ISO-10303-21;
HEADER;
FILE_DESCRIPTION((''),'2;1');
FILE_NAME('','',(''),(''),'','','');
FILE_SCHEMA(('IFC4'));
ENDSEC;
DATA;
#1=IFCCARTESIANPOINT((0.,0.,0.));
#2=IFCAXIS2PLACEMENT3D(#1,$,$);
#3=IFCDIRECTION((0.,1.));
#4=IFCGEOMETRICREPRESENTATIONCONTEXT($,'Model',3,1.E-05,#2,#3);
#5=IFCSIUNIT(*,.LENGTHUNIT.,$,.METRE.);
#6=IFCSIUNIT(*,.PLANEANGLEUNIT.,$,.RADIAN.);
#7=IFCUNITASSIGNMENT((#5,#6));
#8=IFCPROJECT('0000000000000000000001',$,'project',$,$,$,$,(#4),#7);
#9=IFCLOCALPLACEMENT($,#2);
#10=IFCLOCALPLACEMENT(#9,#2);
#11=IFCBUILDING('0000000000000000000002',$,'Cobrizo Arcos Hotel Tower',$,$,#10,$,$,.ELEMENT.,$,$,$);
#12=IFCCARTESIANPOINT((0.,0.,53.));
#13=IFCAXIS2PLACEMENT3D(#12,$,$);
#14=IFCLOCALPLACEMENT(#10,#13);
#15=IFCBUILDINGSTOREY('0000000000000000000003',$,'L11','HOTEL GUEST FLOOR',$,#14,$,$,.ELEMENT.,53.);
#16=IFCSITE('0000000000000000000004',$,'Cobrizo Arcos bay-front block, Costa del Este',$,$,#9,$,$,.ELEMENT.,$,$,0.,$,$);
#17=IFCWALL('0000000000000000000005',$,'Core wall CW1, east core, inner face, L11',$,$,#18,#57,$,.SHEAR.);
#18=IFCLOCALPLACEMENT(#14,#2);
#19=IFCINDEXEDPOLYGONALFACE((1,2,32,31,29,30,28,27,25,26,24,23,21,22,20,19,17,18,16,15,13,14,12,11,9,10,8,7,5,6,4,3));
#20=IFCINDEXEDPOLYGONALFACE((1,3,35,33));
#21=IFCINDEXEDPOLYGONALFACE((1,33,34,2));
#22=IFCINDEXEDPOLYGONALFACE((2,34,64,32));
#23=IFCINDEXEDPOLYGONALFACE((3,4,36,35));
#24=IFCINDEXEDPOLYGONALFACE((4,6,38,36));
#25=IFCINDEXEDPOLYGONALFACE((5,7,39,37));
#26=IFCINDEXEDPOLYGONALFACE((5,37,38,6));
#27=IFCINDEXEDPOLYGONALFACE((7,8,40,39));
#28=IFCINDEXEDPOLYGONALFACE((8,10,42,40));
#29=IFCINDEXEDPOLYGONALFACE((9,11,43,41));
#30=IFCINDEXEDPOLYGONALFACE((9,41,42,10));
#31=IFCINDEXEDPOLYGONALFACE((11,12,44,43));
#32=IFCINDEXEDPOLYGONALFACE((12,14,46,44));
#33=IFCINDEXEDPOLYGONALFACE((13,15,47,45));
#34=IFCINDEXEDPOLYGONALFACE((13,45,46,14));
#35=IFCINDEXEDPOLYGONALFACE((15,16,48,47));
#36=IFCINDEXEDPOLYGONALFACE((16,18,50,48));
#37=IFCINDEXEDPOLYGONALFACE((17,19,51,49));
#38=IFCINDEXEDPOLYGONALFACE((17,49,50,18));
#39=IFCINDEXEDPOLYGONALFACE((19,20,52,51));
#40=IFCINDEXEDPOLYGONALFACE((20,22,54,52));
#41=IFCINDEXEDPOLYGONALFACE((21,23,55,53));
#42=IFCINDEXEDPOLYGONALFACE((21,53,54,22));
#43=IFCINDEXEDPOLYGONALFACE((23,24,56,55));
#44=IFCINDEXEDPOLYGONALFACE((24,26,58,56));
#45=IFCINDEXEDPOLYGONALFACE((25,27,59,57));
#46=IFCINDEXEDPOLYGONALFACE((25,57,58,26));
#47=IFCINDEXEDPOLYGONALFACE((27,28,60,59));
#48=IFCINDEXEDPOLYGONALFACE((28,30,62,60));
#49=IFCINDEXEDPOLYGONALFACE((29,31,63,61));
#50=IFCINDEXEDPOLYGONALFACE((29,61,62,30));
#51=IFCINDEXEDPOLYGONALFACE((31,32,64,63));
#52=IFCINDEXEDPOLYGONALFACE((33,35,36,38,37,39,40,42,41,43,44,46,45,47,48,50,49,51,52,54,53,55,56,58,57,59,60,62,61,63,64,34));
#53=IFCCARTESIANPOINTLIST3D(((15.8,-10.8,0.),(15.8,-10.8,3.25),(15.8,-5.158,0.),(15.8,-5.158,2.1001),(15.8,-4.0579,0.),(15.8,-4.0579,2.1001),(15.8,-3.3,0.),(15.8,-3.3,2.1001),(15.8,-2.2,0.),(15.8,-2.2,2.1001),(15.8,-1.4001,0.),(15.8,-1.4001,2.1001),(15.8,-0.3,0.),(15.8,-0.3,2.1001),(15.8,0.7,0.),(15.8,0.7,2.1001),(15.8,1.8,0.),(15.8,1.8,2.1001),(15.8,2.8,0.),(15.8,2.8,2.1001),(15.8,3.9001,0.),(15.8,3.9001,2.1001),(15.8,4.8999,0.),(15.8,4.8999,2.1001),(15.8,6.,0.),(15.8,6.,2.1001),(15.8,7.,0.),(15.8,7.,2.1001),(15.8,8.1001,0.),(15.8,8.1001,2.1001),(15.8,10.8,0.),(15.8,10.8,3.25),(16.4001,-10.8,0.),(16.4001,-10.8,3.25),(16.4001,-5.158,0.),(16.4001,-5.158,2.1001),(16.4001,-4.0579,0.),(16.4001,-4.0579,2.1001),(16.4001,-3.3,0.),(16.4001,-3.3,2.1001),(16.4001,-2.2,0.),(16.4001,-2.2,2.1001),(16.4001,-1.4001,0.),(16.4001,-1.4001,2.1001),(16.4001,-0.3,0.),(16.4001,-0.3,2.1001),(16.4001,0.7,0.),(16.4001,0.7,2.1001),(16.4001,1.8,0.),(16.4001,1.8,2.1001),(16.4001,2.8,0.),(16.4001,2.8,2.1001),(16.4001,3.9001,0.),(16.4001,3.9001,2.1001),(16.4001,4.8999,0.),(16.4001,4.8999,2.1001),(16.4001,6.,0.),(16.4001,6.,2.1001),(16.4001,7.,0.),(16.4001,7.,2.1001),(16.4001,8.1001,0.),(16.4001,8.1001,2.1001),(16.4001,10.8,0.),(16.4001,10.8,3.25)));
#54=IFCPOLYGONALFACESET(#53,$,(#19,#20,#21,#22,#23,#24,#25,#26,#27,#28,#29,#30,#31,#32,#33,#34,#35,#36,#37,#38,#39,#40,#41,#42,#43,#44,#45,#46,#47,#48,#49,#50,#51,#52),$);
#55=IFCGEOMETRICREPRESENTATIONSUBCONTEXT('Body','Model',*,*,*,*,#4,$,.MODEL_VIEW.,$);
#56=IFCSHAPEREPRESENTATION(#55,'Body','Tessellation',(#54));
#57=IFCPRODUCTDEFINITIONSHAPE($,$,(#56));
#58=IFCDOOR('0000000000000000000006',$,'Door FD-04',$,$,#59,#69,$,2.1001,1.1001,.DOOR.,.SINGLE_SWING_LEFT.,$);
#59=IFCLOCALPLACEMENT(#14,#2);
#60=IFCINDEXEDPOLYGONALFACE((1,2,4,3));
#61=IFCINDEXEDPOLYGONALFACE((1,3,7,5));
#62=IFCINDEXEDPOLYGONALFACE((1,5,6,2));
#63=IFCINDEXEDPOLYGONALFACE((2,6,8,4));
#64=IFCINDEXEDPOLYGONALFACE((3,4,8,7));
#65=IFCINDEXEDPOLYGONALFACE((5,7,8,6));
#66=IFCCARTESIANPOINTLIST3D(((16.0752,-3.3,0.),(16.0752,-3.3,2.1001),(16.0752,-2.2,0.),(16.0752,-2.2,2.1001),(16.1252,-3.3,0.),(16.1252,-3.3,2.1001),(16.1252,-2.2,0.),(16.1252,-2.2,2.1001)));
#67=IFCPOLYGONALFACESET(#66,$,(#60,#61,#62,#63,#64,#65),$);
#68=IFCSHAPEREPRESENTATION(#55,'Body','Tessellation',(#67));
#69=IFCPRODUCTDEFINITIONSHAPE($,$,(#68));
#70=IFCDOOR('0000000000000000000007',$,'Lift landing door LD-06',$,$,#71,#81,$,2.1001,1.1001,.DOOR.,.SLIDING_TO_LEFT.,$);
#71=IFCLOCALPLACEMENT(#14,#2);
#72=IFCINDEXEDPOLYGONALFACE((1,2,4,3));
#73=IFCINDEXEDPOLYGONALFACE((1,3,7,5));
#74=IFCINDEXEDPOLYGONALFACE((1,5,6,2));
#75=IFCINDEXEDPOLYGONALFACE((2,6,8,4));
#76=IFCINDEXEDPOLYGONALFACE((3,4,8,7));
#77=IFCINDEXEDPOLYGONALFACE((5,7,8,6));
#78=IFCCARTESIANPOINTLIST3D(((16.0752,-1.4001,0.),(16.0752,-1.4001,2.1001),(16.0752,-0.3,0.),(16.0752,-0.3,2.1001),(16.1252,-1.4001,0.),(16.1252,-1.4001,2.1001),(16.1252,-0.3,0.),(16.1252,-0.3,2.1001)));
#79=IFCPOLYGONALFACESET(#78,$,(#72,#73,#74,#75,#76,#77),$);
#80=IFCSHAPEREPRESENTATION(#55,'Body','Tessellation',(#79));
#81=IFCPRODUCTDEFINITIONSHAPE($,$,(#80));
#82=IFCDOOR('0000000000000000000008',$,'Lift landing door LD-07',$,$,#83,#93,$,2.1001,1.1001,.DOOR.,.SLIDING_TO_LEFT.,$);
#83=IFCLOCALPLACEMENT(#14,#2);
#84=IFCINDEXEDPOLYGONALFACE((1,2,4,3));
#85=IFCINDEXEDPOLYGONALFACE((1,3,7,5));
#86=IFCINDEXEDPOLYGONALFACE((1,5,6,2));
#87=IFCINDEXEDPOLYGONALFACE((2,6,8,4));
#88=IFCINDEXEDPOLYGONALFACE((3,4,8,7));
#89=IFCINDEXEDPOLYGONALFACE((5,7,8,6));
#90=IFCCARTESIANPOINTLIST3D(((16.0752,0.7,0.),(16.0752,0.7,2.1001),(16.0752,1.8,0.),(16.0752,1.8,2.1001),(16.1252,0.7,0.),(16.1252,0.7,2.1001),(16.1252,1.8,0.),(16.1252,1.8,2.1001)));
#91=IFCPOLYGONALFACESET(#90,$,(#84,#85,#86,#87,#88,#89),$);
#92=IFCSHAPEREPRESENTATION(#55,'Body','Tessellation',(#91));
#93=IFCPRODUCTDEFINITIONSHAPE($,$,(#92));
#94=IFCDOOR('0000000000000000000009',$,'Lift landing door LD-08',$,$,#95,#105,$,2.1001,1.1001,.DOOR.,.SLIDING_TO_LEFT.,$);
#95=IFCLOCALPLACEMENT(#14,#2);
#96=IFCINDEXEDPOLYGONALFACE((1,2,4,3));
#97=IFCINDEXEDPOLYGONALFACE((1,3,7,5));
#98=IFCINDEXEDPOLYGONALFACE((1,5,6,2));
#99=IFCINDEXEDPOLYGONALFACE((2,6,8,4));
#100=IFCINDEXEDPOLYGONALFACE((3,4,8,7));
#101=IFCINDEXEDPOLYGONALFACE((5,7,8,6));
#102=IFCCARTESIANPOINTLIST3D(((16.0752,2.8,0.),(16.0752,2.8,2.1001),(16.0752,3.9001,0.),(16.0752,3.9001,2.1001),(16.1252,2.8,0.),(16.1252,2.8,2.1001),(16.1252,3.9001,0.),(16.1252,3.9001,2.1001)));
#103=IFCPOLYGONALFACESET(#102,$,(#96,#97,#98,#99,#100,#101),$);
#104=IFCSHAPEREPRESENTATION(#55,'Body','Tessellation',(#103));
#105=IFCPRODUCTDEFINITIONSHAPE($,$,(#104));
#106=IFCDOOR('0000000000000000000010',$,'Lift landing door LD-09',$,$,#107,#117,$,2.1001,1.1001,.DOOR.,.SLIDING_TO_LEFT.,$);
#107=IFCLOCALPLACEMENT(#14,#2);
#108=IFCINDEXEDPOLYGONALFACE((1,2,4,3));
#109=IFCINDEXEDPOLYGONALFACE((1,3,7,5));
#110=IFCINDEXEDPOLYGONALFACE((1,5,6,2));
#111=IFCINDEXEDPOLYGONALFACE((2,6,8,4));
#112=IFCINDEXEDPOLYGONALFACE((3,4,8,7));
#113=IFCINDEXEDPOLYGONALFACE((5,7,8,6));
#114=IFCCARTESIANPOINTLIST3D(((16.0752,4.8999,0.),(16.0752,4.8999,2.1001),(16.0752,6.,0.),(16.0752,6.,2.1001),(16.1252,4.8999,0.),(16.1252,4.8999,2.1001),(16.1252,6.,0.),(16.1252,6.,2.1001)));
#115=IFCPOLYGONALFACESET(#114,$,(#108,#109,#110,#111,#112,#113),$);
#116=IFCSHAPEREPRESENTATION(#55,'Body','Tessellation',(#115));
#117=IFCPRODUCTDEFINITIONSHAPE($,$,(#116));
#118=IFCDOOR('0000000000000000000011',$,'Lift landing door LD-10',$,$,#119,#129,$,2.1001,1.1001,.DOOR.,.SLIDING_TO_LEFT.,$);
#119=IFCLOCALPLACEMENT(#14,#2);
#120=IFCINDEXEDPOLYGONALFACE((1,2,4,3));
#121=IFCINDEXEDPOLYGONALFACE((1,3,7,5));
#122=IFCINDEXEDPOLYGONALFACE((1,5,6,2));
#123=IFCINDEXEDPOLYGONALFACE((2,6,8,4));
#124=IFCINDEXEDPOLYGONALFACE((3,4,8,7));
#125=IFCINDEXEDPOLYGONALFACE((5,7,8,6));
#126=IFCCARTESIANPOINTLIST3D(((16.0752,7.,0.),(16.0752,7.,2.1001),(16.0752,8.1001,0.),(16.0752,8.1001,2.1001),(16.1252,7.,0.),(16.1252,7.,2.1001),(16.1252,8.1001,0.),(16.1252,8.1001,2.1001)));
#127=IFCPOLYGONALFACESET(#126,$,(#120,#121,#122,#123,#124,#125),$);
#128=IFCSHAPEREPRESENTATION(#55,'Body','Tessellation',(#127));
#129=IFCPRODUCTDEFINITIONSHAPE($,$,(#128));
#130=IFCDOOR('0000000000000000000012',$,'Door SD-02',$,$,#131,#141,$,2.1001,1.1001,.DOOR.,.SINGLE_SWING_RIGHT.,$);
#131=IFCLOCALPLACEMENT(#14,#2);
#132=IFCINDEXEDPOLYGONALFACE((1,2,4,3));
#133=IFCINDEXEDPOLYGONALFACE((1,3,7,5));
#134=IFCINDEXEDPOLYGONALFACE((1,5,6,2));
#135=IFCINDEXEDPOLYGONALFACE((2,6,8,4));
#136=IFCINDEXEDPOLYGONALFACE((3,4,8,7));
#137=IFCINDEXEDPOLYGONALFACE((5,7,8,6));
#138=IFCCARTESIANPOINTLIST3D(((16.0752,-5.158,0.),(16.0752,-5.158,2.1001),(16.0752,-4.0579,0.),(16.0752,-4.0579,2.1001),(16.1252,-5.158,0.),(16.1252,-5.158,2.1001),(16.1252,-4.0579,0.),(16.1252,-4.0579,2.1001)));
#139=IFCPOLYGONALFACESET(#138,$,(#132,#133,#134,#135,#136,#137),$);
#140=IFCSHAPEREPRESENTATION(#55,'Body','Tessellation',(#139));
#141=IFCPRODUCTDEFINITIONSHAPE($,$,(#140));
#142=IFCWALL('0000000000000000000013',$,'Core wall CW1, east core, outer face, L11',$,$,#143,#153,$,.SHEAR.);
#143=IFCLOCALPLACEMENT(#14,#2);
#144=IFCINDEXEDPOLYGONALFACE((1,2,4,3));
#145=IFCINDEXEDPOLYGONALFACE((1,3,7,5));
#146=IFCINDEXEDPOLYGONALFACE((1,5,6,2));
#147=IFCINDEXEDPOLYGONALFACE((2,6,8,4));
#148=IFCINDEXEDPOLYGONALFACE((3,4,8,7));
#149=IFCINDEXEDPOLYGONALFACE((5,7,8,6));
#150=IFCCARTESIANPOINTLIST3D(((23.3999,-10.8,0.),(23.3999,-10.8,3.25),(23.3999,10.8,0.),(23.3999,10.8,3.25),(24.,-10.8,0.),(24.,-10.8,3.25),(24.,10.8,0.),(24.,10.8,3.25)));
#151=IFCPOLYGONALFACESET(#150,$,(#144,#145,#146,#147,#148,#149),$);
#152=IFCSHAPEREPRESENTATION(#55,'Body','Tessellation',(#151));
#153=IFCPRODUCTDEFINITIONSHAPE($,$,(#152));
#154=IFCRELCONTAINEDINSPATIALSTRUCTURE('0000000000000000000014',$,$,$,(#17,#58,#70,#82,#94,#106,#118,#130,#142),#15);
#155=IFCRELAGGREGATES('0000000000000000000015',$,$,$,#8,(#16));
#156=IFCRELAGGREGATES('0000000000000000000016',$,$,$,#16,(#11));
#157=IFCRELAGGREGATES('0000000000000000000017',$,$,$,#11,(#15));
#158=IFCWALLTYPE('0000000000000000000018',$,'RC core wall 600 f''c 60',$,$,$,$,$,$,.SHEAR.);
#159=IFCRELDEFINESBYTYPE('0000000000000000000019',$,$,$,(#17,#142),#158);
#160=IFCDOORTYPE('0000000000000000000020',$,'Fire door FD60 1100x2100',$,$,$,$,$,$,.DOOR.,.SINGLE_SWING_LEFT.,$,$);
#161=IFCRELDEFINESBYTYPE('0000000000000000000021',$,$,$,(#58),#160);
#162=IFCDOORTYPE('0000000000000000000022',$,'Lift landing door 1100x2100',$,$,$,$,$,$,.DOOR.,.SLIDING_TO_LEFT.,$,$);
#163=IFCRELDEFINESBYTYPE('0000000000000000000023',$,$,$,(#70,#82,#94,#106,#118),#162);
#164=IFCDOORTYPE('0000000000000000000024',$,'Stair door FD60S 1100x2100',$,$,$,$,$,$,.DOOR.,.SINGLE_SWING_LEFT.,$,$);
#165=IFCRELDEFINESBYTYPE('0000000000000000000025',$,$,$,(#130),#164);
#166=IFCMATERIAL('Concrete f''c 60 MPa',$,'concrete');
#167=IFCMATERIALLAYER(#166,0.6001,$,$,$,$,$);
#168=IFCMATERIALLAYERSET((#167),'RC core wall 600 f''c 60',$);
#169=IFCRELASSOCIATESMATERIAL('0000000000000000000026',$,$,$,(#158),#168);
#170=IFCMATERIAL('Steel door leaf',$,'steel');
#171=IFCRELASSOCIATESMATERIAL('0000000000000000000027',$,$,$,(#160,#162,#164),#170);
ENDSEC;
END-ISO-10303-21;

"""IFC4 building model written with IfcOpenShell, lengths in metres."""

from ifc_helpers import new_model, si_unit, direction, frame, frame_2d, origin, place, context, subcontext, project, spatial, rectangle, extrude, material, layer, layer_set, type_object, element, fill, save


model = new_model("IFC4")

# Units and contexts
model_context = context("Model", 3, precision=1e-05, world=origin(), true_north=direction((0.0, 1.0)))
body_context = subcontext(model_context, "Body", "Model", "MODEL_VIEW")
ifc_project = project(units=[si_unit("LENGTHUNIT", "METRE"), si_unit("PLANEANGLEUNIT", "RADIAN")], contexts=[model_context])

# Site, building, storey
site_placement = place(None, origin())
site = spatial("IfcSite", under=ifc_project, at=site_placement, Name="Cobrizo Arcos bay-front block, Costa del Este", CompositionType="ELEMENT", RefElevation=0.0)
building_placement = place(site_placement, origin())
building = spatial("IfcBuilding", under=site, at=building_placement, Name="Cobrizo Arcos Hotel Tower", CompositionType="ELEMENT")
storey_placement = place(building_placement, frame((0.0, 0.0, 53.0)))
storey = spatial("IfcBuildingStorey", under=building, at=storey_placement, Name="L11", Description="HOTEL GUEST FLOOR", CompositionType="ELEMENT", Elevation=53.0)

# Wall, openings, doors
ifc_material_1 = material(Name="Concrete f'c 60 MPa", Category="concrete")
ifc_layer_1 = layer(ifc_material_1, 0.6001)
ifc_layer_set_1 = layer_set([ifc_layer_1], Name="RC core wall 600 f'c 60")
wall_type_1 = type_object("IfcWallType", Name="RC core wall 600 f'c 60", PredefinedType="SHEAR", material=ifc_layer_set_1)
wall_1_placement = place(storey_placement, frame((16.1001, -10.8, 0.0), z_axis=(0.0, 0.0, 1.0), x_axis=(0.0, 1.0, 0.0)))
wall_1 = element("IfcWall", 1, at=wall_1_placement, inside=storey, type_object=wall_type_1, Name="Core wall CW1, east core, inner face, L11", PredefinedType="SHEAR", context=body_context, shape_type="SweptSolid", body=[
    extrude(rectangle(XDim=21.6001, YDim=0.6001, at=frame_2d((10.8, 0.0))), origin(), (0.0, 0.0, 1.0), 3.25),
])
opening_1_placement = place(wall_1_placement, frame((9.3999, 0.0, 0.0)))
opening_1 = element("IfcOpeningElement", 2, at=opening_1_placement, cuts=wall_1, PredefinedType="OPENING", context=body_context, shape_type="SweptSolid", body=[
    extrude(rectangle(XDim=1.1001, YDim=2.1001, at=frame_2d((0.55, 1.05))), frame((0.0, 0.312, 0.0), z_axis=(0.0, -1.0, 0.0), x_axis=(1.0, 0.0, 0.0)), (0.0, 0.0, 1.0), 0.624),
])
opening_2_placement = place(wall_1_placement, frame((11.5, 0.0, 0.0)))
opening_2 = element("IfcOpeningElement", 3, at=opening_2_placement, cuts=wall_1, PredefinedType="OPENING", context=body_context, shape_type="SweptSolid", body=[
    extrude(rectangle(XDim=1.1001, YDim=2.1001, at=frame_2d((0.55, 1.05))), frame((0.0, 0.312, 0.0), z_axis=(0.0, -1.0, 0.0), x_axis=(1.0, 0.0, 0.0)), (0.0, 0.0, 1.0), 0.624),
])
opening_3_placement = place(wall_1_placement, frame((13.6001, 0.0, 0.0)))
opening_3 = element("IfcOpeningElement", 4, at=opening_3_placement, cuts=wall_1, PredefinedType="OPENING", context=body_context, shape_type="SweptSolid", body=[
    extrude(rectangle(XDim=1.1001, YDim=2.1001, at=frame_2d((0.55, 1.05))), frame((0.0, 0.312, 0.0), z_axis=(0.0, -1.0, 0.0), x_axis=(1.0, 0.0, 0.0)), (0.0, 0.0, 1.0), 0.624),
])
opening_4_placement = place(wall_1_placement, frame((15.7, 0.0, 0.0)))
opening_4 = element("IfcOpeningElement", 5, at=opening_4_placement, cuts=wall_1, PredefinedType="OPENING", context=body_context, shape_type="SweptSolid", body=[
    extrude(rectangle(XDim=1.1001, YDim=2.1001, at=frame_2d((0.55, 1.05))), frame((0.0, 0.312, 0.0), z_axis=(0.0, -1.0, 0.0), x_axis=(1.0, 0.0, 0.0)), (0.0, 0.0, 1.0), 0.624),
])
opening_5_placement = place(wall_1_placement, frame((17.8, 0.0, 0.0)))
opening_5 = element("IfcOpeningElement", 6, at=opening_5_placement, cuts=wall_1, PredefinedType="OPENING", context=body_context, shape_type="SweptSolid", body=[
    extrude(rectangle(XDim=1.1001, YDim=2.1001, at=frame_2d((0.55, 1.05))), frame((0.0, 0.312, 0.0), z_axis=(0.0, -1.0, 0.0), x_axis=(1.0, 0.0, 0.0)), (0.0, 0.0, 1.0), 0.624),
])
opening_6_placement = place(wall_1_placement, frame((5.6421, 0.0, 0.0)))
opening_6 = element("IfcOpeningElement", 7, at=opening_6_placement, cuts=wall_1, PredefinedType="OPENING", context=body_context, shape_type="SweptSolid", body=[
    extrude(rectangle(XDim=1.1001, YDim=2.1001, at=frame_2d((0.55, 1.05))), frame((0.0, 0.312, 0.0), z_axis=(0.0, -1.0, 0.0), x_axis=(1.0, 0.0, 0.0)), (0.0, 0.0, 1.0), 0.624),
])
opening_7_placement = place(wall_1_placement, frame((7.5, 0.0, 0.0)))
opening_7 = element("IfcOpeningElement", 8, at=opening_7_placement, cuts=wall_1, PredefinedType="OPENING", context=body_context, shape_type="SweptSolid", body=[
    extrude(rectangle(XDim=1.1001, YDim=2.1001, at=frame_2d((0.55, 1.05))), frame((0.0, 0.312, 0.0), z_axis=(0.0, -1.0, 0.0), x_axis=(1.0, 0.0, 0.0)), (0.0, 0.0, 1.0), 0.624),
])
ifc_material_2 = material(Name="Steel door leaf", Category="steel")
door_type_1 = type_object("IfcDoorType", Name="Fire door FD60 1100x2100", OperationType="SINGLE_SWING_LEFT", PredefinedType="DOOR", material=ifc_material_2)
door_1_placement = place(opening_7_placement, origin())
door_1 = element("IfcDoor", 9, at=door_1_placement, inside=storey, type_object=door_type_1, Name="Door FD-04", OperationType="SINGLE_SWING_LEFT", OverallHeight=2.1001, OverallWidth=1.1001, PredefinedType="DOOR", context=body_context, shape_type="SweptSolid", body=[
    extrude(rectangle(XDim=1.1001, YDim=2.1001, at=frame_2d((0.55, 1.05))), frame((0.0, 0.0249, 0.0), z_axis=(0.0, -1.0, 0.0), x_axis=(1.0, 0.0, 0.0)), (0.0, 0.0, 1.0), 0.05),
])
fill(opening_7, door_1)
door_type_2 = type_object("IfcDoorType", Name="Lift landing door 1100x2100", OperationType="SLIDING_TO_LEFT", PredefinedType="DOOR", material=ifc_material_2)
door_2_placement = place(opening_1_placement, origin())
door_2 = element("IfcDoor", 10, at=door_2_placement, inside=storey, type_object=door_type_2, Name="Lift landing door LD-06", OperationType="SLIDING_TO_LEFT", OverallHeight=2.1001, OverallWidth=1.1001, PredefinedType="DOOR", context=body_context, shape_type="SweptSolid", body=[
    extrude(rectangle(XDim=1.1001, YDim=2.1001, at=frame_2d((0.55, 1.05))), frame((0.0, 0.0249, 0.0), z_axis=(0.0, -1.0, 0.0), x_axis=(1.0, 0.0, 0.0)), (0.0, 0.0, 1.0), 0.05),
])
fill(opening_1, door_2)
door_3_placement = place(opening_2_placement, origin())
door_3 = element("IfcDoor", 11, at=door_3_placement, inside=storey, type_object=door_type_2, Name="Lift landing door LD-07", OperationType="SLIDING_TO_LEFT", OverallHeight=2.1001, OverallWidth=1.1001, PredefinedType="DOOR", context=body_context, shape_type="SweptSolid", body=[
    extrude(rectangle(XDim=1.1001, YDim=2.1001, at=frame_2d((0.55, 1.05))), frame((0.0, 0.0249, 0.0), z_axis=(0.0, -1.0, 0.0), x_axis=(1.0, 0.0, 0.0)), (0.0, 0.0, 1.0), 0.05),
])
fill(opening_2, door_3)
door_4_placement = place(opening_3_placement, origin())
door_4 = element("IfcDoor", 12, at=door_4_placement, inside=storey, type_object=door_type_2, Name="Lift landing door LD-08", OperationType="SLIDING_TO_LEFT", OverallHeight=2.1001, OverallWidth=1.1001, PredefinedType="DOOR", context=body_context, shape_type="SweptSolid", body=[
    extrude(rectangle(XDim=1.1001, YDim=2.1001, at=frame_2d((0.55, 1.05))), frame((0.0, 0.0249, 0.0), z_axis=(0.0, -1.0, 0.0), x_axis=(1.0, 0.0, 0.0)), (0.0, 0.0, 1.0), 0.05),
])
fill(opening_3, door_4)
door_5_placement = place(opening_4_placement, origin())
door_5 = element("IfcDoor", 13, at=door_5_placement, inside=storey, type_object=door_type_2, Name="Lift landing door LD-09", OperationType="SLIDING_TO_LEFT", OverallHeight=2.1001, OverallWidth=1.1001, PredefinedType="DOOR", context=body_context, shape_type="SweptSolid", body=[
    extrude(rectangle(XDim=1.1001, YDim=2.1001, at=frame_2d((0.55, 1.05))), frame((0.0, 0.0249, 0.0), z_axis=(0.0, -1.0, 0.0), x_axis=(1.0, 0.0, 0.0)), (0.0, 0.0, 1.0), 0.05),
])
fill(opening_4, door_5)
door_6_placement = place(opening_5_placement, origin())
door_6 = element("IfcDoor", 14, at=door_6_placement, inside=storey, type_object=door_type_2, Name="Lift landing door LD-10", OperationType="SLIDING_TO_LEFT", OverallHeight=2.1001, OverallWidth=1.1001, PredefinedType="DOOR", context=body_context, shape_type="SweptSolid", body=[
    extrude(rectangle(XDim=1.1001, YDim=2.1001, at=frame_2d((0.55, 1.05))), frame((0.0, 0.0249, 0.0), z_axis=(0.0, -1.0, 0.0), x_axis=(1.0, 0.0, 0.0)), (0.0, 0.0, 1.0), 0.05),
])
fill(opening_5, door_6)
door_type_3 = type_object("IfcDoorType", Name="Stair door FD60S 1100x2100", OperationType="SINGLE_SWING_LEFT", PredefinedType="DOOR", material=ifc_material_2)
door_7_placement = place(opening_6_placement, origin())
door_7 = element("IfcDoor", 15, at=door_7_placement, inside=storey, type_object=door_type_3, Name="Door SD-02", OperationType="SINGLE_SWING_RIGHT", OverallHeight=2.1001, OverallWidth=1.1001, PredefinedType="DOOR", context=body_context, shape_type="SweptSolid", body=[
    extrude(rectangle(XDim=1.1001, YDim=2.1001, at=frame_2d((0.55, 1.05))), frame((0.0, 0.0249, 0.0), z_axis=(0.0, -1.0, 0.0), x_axis=(1.0, 0.0, 0.0)), (0.0, 0.0, 1.0), 0.05),
])
fill(opening_6, door_7)

# Wall
wall_2_placement = place(storey_placement, frame((23.7, -10.8, 0.0), z_axis=(0.0, 0.0, 1.0), x_axis=(0.0, 1.0, 0.0)))
element("IfcWall", 16, at=wall_2_placement, inside=storey, type_object=wall_type_1, Name="Core wall CW1, east core, outer face, L11", PredefinedType="SHEAR", context=body_context, shape_type="SweptSolid", body=[
    extrude(rectangle(XDim=21.6001, YDim=0.6001, at=frame_2d((10.8, 0.0))), origin(), (0.0, 0.0, 1.0), 3.25),
])

save(model, "model.ifc")
